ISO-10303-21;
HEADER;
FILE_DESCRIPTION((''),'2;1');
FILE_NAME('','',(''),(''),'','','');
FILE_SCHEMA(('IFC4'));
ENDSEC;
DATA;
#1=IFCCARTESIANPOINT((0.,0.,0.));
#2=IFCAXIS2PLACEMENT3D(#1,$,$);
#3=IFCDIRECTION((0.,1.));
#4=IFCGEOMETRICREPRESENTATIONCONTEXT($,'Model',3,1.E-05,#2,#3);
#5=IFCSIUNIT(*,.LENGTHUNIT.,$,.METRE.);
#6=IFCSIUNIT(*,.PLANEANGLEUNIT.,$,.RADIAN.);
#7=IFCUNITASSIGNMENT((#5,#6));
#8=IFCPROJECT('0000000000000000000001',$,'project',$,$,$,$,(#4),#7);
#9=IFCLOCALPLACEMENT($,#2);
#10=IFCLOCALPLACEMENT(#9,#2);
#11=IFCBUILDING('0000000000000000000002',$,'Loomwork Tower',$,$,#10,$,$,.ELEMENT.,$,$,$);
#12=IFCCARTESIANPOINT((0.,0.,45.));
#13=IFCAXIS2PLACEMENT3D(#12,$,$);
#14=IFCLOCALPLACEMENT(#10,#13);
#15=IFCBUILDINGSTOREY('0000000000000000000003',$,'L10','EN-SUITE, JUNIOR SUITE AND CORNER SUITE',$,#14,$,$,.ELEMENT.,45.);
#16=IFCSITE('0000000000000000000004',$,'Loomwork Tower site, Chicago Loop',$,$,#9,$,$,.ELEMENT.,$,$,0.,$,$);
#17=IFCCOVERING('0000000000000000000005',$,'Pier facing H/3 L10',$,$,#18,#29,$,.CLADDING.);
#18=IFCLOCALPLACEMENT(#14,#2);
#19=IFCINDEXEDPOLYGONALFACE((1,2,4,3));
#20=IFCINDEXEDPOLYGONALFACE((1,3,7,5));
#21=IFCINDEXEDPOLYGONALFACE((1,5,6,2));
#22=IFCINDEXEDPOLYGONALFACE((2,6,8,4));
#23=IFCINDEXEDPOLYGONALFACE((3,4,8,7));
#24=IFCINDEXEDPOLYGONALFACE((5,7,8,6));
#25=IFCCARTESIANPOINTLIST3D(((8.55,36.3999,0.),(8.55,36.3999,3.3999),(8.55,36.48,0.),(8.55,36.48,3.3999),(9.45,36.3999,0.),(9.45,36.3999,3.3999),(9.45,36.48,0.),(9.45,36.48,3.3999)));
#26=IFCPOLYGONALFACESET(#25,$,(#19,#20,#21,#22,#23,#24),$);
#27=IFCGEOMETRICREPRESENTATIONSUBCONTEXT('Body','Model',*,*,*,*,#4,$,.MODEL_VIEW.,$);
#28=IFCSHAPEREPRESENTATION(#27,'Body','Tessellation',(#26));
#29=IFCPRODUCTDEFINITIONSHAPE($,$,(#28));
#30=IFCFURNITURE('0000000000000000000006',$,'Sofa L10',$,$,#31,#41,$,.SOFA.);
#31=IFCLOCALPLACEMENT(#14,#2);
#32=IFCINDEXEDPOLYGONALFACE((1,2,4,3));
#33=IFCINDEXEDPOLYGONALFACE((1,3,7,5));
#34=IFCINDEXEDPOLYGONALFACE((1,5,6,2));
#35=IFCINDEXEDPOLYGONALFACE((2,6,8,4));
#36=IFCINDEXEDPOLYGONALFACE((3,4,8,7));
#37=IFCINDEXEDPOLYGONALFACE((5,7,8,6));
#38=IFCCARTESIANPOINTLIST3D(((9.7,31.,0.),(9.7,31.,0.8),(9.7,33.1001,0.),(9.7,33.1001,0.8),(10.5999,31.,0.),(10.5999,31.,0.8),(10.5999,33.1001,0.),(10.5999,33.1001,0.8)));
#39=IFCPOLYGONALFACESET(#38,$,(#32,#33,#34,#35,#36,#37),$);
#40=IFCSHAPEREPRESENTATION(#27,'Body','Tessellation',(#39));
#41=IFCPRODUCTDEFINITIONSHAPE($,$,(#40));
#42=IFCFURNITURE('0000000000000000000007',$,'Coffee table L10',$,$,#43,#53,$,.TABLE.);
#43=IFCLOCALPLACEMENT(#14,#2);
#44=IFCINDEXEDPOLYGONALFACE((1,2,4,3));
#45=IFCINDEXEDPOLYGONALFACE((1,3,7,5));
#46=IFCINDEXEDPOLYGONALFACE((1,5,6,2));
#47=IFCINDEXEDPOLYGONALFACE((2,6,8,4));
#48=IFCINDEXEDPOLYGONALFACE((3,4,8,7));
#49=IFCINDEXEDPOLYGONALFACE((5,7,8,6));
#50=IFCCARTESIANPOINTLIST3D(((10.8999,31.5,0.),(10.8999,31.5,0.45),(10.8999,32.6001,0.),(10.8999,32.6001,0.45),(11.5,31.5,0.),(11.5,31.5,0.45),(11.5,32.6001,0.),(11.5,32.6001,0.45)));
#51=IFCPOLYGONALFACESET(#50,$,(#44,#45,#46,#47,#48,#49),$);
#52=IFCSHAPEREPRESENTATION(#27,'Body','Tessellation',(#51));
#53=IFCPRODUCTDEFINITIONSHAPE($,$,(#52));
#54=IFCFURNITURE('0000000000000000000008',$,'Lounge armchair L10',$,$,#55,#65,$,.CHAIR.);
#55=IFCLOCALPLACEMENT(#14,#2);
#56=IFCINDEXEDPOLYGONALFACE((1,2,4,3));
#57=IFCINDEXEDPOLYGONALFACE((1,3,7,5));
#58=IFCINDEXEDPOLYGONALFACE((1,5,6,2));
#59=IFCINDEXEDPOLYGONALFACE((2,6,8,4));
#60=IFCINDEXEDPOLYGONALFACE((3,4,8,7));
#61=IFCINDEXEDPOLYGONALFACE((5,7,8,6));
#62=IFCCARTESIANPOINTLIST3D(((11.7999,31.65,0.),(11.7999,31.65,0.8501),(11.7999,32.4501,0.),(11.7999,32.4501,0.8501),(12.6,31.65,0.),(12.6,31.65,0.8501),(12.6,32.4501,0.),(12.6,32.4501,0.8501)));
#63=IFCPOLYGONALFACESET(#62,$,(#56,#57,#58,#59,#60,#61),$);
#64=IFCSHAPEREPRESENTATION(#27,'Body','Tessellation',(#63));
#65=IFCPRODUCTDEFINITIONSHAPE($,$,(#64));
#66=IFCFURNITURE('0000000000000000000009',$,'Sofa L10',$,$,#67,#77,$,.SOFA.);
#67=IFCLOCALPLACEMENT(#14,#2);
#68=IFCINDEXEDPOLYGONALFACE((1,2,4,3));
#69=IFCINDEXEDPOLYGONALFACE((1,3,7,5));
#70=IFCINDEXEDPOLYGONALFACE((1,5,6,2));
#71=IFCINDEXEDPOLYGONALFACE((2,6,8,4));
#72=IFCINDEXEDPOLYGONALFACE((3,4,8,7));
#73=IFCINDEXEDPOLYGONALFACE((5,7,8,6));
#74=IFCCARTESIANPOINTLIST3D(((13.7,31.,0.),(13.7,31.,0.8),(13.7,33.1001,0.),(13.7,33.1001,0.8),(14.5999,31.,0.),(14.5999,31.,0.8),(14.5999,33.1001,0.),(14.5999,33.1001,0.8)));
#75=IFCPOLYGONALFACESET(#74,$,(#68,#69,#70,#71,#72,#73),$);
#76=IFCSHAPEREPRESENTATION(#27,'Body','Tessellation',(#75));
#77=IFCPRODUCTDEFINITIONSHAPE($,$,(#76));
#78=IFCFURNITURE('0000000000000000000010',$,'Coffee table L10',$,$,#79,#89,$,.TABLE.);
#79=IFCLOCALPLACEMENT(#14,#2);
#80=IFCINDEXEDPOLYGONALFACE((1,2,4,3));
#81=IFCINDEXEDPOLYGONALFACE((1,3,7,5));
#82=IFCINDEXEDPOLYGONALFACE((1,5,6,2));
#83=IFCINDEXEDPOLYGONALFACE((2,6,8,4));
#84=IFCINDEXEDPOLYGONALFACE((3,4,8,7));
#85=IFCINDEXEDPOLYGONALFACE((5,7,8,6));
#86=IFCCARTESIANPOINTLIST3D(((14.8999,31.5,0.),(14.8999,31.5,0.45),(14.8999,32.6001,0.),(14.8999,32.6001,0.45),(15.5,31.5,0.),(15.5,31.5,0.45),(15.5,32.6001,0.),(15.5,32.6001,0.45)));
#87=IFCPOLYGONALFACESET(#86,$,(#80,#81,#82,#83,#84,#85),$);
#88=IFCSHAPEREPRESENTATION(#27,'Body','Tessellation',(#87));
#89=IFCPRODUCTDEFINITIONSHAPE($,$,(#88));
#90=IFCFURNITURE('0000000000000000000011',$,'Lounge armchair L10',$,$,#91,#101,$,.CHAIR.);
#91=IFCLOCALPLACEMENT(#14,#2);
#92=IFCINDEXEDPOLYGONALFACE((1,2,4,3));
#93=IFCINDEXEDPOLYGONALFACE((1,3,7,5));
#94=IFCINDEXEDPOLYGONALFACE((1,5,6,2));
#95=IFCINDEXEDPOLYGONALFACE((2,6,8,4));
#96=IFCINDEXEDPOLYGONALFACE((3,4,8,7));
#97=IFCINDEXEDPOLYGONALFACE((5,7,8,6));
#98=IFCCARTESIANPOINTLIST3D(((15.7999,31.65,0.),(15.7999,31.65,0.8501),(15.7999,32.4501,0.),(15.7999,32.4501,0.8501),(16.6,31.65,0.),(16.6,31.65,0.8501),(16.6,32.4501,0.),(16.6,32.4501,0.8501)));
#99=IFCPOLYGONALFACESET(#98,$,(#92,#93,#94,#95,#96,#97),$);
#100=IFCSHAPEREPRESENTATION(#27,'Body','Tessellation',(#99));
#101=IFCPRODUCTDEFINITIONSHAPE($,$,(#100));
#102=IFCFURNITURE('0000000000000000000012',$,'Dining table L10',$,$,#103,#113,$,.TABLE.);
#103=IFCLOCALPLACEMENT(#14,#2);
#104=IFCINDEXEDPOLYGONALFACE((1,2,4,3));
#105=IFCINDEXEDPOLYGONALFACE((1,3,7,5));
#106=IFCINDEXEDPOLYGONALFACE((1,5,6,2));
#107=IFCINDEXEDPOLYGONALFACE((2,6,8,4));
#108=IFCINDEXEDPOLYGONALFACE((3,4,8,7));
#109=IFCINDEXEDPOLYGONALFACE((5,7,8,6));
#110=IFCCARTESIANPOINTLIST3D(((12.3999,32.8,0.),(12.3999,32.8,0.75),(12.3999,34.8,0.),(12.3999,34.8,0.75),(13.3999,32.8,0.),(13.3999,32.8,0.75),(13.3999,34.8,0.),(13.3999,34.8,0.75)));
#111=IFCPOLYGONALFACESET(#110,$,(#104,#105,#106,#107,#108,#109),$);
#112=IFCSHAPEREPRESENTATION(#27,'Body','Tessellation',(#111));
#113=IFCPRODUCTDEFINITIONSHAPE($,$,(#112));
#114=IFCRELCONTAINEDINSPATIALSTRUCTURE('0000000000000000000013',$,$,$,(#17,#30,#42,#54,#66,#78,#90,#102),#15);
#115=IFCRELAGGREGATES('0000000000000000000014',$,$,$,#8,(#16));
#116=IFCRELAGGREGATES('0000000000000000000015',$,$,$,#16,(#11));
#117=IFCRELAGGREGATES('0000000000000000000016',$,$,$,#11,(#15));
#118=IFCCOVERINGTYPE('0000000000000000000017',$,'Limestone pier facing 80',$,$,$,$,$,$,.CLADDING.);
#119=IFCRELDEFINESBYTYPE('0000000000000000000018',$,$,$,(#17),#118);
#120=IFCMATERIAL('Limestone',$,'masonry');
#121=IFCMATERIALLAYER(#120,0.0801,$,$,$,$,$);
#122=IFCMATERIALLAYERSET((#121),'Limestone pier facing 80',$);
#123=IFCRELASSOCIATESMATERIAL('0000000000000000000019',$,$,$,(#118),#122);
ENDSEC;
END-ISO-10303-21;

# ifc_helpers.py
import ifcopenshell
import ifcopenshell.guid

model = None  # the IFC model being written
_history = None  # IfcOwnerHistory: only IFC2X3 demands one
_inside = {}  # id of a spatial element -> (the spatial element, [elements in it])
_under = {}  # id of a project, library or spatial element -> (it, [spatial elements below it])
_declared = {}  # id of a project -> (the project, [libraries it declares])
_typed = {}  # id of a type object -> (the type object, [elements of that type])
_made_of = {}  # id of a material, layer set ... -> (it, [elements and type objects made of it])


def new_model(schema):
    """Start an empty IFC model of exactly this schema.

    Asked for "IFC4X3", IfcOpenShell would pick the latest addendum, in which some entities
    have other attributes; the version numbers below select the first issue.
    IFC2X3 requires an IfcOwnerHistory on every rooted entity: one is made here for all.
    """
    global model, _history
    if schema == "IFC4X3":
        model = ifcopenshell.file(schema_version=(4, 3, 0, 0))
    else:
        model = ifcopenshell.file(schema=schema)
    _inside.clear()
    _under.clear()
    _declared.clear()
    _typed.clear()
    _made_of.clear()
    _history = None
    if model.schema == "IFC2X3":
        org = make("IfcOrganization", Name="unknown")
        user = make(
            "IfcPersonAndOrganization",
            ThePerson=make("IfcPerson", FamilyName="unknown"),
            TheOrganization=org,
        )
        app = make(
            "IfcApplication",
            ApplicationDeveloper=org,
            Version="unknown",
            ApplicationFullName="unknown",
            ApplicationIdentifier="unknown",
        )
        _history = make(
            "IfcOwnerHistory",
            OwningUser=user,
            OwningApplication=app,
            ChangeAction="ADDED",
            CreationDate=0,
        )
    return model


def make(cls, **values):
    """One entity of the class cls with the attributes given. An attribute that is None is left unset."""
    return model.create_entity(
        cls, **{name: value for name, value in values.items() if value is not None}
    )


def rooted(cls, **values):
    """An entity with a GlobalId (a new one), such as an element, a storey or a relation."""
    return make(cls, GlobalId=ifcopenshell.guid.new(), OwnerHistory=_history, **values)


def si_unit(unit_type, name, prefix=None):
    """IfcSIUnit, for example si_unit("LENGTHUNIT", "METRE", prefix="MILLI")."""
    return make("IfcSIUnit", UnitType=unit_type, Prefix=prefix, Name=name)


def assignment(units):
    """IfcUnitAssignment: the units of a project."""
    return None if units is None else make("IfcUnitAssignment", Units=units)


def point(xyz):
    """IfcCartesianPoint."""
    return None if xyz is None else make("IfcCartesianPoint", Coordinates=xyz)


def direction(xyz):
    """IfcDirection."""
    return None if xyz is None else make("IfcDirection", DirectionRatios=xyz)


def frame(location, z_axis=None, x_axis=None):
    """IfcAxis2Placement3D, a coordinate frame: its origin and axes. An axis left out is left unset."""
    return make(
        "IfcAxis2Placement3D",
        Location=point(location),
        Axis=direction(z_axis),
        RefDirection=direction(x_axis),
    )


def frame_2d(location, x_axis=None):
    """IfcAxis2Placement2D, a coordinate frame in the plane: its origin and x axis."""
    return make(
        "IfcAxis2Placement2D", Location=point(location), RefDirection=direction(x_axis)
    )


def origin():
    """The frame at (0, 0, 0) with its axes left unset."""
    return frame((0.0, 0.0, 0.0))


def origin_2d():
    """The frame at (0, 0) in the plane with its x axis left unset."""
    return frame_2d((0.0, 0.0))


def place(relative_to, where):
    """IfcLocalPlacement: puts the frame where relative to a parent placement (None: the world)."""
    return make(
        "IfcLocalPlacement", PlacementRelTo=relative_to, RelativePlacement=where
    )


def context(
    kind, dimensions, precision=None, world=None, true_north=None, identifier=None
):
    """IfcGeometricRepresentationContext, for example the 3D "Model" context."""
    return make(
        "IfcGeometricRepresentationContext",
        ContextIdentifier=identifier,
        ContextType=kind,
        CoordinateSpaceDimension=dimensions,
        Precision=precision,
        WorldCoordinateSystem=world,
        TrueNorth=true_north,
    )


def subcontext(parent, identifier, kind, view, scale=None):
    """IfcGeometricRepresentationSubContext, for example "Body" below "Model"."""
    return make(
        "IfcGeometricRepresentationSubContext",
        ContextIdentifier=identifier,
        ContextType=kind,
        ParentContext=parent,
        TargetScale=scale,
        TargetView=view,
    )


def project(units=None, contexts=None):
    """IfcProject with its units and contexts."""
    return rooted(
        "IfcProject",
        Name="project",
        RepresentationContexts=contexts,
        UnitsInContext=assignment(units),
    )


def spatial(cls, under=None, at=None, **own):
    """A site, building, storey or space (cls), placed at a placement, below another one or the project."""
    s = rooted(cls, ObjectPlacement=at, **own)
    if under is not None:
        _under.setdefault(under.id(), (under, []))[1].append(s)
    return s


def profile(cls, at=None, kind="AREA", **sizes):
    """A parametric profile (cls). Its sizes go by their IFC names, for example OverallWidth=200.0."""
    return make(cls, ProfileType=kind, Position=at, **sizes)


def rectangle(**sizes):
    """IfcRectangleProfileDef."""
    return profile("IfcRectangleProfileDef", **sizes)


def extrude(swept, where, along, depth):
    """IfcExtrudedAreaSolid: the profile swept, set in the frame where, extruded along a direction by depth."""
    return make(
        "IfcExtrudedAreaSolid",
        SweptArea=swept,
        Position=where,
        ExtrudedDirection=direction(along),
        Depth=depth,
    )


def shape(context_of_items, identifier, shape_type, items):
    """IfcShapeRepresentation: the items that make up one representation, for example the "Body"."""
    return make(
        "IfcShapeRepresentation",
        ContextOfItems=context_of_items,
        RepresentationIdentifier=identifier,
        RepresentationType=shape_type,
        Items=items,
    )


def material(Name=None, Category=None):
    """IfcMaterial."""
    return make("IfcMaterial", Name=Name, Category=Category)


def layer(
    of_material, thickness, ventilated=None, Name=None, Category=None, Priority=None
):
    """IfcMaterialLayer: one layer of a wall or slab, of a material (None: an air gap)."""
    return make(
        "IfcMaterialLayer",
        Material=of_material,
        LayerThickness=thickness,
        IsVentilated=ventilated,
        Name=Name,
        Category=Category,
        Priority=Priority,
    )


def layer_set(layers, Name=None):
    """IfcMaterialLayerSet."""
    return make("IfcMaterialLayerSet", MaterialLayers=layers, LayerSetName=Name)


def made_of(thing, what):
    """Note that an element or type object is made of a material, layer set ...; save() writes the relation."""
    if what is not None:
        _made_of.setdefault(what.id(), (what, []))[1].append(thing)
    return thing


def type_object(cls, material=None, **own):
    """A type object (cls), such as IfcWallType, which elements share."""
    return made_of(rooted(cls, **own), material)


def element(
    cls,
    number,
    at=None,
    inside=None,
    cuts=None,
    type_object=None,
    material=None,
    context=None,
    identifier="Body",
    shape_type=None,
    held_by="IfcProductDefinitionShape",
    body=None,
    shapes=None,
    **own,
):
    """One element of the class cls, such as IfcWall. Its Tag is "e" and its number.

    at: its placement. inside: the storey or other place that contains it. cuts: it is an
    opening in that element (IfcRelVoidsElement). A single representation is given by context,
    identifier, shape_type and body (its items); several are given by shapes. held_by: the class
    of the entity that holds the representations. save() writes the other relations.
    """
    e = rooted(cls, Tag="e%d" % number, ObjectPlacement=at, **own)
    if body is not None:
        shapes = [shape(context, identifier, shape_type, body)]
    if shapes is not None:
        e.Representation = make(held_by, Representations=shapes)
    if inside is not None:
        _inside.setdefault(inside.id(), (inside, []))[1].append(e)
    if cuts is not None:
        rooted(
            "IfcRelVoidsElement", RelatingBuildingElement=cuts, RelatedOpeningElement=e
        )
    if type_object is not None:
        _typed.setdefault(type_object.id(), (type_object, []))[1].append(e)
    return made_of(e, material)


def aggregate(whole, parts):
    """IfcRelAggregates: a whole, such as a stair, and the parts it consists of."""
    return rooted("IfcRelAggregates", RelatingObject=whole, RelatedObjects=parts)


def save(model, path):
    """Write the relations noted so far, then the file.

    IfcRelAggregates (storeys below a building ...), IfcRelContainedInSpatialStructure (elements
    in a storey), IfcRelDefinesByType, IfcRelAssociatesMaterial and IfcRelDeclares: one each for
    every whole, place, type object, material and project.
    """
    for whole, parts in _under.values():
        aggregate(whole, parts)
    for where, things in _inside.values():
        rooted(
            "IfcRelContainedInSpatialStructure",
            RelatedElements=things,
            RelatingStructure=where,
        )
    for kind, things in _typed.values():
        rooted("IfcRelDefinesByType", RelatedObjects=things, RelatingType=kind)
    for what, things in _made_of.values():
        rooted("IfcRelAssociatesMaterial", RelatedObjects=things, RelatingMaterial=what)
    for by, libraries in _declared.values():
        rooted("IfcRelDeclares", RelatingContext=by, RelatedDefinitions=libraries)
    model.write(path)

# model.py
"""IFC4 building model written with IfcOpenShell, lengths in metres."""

from ifc_helpers import new_model, si_unit, direction, frame, origin, origin_2d, place, context, subcontext, project, spatial, rectangle, extrude, material, layer, layer_set, type_object, element, save


model = new_model("IFC4")

# Units and contexts
model_context = context("Model", 3, precision=1e-05, world=origin(), true_north=direction((0.0, 1.0)))
body_context = subcontext(model_context, "Body", "Model", "MODEL_VIEW")
ifc_project = project(units=[si_unit("LENGTHUNIT", "METRE"), si_unit("PLANEANGLEUNIT", "RADIAN")], contexts=[model_context])

# Site, building, storey
site_placement = place(None, origin())
site = spatial("IfcSite", under=ifc_project, at=site_placement, Name="Loomwork Tower site, Chicago Loop", CompositionType="ELEMENT", RefElevation=0.0)
building_placement = place(site_placement, origin())
building = spatial("IfcBuilding", under=site, at=building_placement, Name="Loomwork Tower", CompositionType="ELEMENT")
storey_placement = place(building_placement, frame((0.0, 0.0, 45.0)))
storey = spatial("IfcBuildingStorey", under=building, at=storey_placement, Name="L10", Description="EN-SUITE, JUNIOR SUITE AND CORNER SUITE", CompositionType="ELEMENT", Elevation=45.0)

# Covering
ifc_material_1 = material(Name="Limestone", Category="masonry")
ifc_layer_1 = layer(ifc_material_1, 0.0801)
ifc_layer_set_1 = layer_set([ifc_layer_1], Name="Limestone pier facing 80")
covering_type = type_object("IfcCoveringType", Name="Limestone pier facing 80", PredefinedType="CLADDING", material=ifc_layer_set_1)
covering_placement = place(storey_placement, frame((9.0, 36.4399, 0.0), z_axis=(0.0, 0.0, 1.0), x_axis=(1.0, 0.0, 0.0)))
element("IfcCovering", 1, at=covering_placement, inside=storey, type_object=covering_type, Name="Pier facing H/3 L10", PredefinedType="CLADDING", context=body_context, shape_type="SweptSolid", body=[
    extrude(rectangle(XDim=0.8999, YDim=0.0801, at=origin_2d()), origin(), (0.0, 0.0, 1.0), 3.3999),
])

# Furniture
furniture_1_placement = place(storey_placement, frame((10.1499, 32.05, 0.0), z_axis=(0.0, 0.0, 1.0), x_axis=(1.0, 0.0, 0.0)))
element("IfcFurniture", 2, at=furniture_1_placement, inside=storey, Name="Sofa L10", PredefinedType="SOFA", context=body_context, shape_type="SweptSolid", body=[
    extrude(rectangle(XDim=0.8999, YDim=2.1001, at=origin_2d()), origin(), (0.0, 0.0, 1.0), 0.8),
])
furniture_2_placement = place(storey_placement, frame((11.2, 32.05, 0.0), z_axis=(0.0, 0.0, 1.0), x_axis=(1.0, 0.0, 0.0)))
element("IfcFurniture", 3, at=furniture_2_placement, inside=storey, Name="Coffee table L10", PredefinedType="TABLE", context=body_context, shape_type="SweptSolid", body=[
    extrude(rectangle(XDim=0.6001, YDim=1.1001, at=origin_2d()), origin(), (0.0, 0.0, 1.0), 0.45),
])
furniture_3_placement = place(storey_placement, frame((12.2, 32.05, 0.0), z_axis=(0.0, 0.0, 1.0), x_axis=(1.0, 0.0, 0.0)))
element("IfcFurniture", 4, at=furniture_3_placement, inside=storey, Name="Lounge armchair L10", PredefinedType="CHAIR", context=body_context, shape_type="SweptSolid", body=[
    extrude(rectangle(XDim=0.8, YDim=0.8, at=origin_2d()), origin(), (0.0, 0.0, 1.0), 0.8501),
])
furniture_4_placement = place(storey_placement, frame((14.1499, 32.05, 0.0), z_axis=(0.0, 0.0, 1.0), x_axis=(1.0, 0.0, 0.0)))
element("IfcFurniture", 5, at=furniture_4_placement, inside=storey, Name="Sofa L10", PredefinedType="SOFA", context=body_context, shape_type="SweptSolid", body=[
    extrude(rectangle(XDim=0.8999, YDim=2.1001, at=origin_2d()), origin(), (0.0, 0.0, 1.0), 0.8),
])
furniture_5_placement = place(storey_placement, frame((15.2, 32.05, 0.0), z_axis=(0.0, 0.0, 1.0), x_axis=(1.0, 0.0, 0.0)))
element("IfcFurniture", 6, at=furniture_5_placement, inside=storey, Name="Coffee table L10", PredefinedType="TABLE", context=body_context, shape_type="SweptSolid", body=[
    extrude(rectangle(XDim=0.6001, YDim=1.1001, at=origin_2d()), origin(), (0.0, 0.0, 1.0), 0.45),
])
furniture_6_placement = place(storey_placement, frame((16.2, 32.05, 0.0), z_axis=(0.0, 0.0, 1.0), x_axis=(1.0, 0.0, 0.0)))
element("IfcFurniture", 7, at=furniture_6_placement, inside=storey, Name="Lounge armchair L10", PredefinedType="CHAIR", context=body_context, shape_type="SweptSolid", body=[
    extrude(rectangle(XDim=0.8, YDim=0.8, at=origin_2d()), origin(), (0.0, 0.0, 1.0), 0.8501),
])
furniture_7_placement = place(storey_placement, frame((12.8999, 33.8, 0.0), z_axis=(0.0, 0.0, 1.0), x_axis=(1.0, 0.0, 0.0)))
element("IfcFurniture", 8, at=furniture_7_placement, inside=storey, Name="Dining table L10", PredefinedType="TABLE", context=body_context, shape_type="SweptSolid", body=[
    extrude(rectangle(XDim=1.0, YDim=2.0, at=origin_2d()), origin(), (0.0, 0.0, 1.0), 0.75),
])

save(model, "model.ifc")
